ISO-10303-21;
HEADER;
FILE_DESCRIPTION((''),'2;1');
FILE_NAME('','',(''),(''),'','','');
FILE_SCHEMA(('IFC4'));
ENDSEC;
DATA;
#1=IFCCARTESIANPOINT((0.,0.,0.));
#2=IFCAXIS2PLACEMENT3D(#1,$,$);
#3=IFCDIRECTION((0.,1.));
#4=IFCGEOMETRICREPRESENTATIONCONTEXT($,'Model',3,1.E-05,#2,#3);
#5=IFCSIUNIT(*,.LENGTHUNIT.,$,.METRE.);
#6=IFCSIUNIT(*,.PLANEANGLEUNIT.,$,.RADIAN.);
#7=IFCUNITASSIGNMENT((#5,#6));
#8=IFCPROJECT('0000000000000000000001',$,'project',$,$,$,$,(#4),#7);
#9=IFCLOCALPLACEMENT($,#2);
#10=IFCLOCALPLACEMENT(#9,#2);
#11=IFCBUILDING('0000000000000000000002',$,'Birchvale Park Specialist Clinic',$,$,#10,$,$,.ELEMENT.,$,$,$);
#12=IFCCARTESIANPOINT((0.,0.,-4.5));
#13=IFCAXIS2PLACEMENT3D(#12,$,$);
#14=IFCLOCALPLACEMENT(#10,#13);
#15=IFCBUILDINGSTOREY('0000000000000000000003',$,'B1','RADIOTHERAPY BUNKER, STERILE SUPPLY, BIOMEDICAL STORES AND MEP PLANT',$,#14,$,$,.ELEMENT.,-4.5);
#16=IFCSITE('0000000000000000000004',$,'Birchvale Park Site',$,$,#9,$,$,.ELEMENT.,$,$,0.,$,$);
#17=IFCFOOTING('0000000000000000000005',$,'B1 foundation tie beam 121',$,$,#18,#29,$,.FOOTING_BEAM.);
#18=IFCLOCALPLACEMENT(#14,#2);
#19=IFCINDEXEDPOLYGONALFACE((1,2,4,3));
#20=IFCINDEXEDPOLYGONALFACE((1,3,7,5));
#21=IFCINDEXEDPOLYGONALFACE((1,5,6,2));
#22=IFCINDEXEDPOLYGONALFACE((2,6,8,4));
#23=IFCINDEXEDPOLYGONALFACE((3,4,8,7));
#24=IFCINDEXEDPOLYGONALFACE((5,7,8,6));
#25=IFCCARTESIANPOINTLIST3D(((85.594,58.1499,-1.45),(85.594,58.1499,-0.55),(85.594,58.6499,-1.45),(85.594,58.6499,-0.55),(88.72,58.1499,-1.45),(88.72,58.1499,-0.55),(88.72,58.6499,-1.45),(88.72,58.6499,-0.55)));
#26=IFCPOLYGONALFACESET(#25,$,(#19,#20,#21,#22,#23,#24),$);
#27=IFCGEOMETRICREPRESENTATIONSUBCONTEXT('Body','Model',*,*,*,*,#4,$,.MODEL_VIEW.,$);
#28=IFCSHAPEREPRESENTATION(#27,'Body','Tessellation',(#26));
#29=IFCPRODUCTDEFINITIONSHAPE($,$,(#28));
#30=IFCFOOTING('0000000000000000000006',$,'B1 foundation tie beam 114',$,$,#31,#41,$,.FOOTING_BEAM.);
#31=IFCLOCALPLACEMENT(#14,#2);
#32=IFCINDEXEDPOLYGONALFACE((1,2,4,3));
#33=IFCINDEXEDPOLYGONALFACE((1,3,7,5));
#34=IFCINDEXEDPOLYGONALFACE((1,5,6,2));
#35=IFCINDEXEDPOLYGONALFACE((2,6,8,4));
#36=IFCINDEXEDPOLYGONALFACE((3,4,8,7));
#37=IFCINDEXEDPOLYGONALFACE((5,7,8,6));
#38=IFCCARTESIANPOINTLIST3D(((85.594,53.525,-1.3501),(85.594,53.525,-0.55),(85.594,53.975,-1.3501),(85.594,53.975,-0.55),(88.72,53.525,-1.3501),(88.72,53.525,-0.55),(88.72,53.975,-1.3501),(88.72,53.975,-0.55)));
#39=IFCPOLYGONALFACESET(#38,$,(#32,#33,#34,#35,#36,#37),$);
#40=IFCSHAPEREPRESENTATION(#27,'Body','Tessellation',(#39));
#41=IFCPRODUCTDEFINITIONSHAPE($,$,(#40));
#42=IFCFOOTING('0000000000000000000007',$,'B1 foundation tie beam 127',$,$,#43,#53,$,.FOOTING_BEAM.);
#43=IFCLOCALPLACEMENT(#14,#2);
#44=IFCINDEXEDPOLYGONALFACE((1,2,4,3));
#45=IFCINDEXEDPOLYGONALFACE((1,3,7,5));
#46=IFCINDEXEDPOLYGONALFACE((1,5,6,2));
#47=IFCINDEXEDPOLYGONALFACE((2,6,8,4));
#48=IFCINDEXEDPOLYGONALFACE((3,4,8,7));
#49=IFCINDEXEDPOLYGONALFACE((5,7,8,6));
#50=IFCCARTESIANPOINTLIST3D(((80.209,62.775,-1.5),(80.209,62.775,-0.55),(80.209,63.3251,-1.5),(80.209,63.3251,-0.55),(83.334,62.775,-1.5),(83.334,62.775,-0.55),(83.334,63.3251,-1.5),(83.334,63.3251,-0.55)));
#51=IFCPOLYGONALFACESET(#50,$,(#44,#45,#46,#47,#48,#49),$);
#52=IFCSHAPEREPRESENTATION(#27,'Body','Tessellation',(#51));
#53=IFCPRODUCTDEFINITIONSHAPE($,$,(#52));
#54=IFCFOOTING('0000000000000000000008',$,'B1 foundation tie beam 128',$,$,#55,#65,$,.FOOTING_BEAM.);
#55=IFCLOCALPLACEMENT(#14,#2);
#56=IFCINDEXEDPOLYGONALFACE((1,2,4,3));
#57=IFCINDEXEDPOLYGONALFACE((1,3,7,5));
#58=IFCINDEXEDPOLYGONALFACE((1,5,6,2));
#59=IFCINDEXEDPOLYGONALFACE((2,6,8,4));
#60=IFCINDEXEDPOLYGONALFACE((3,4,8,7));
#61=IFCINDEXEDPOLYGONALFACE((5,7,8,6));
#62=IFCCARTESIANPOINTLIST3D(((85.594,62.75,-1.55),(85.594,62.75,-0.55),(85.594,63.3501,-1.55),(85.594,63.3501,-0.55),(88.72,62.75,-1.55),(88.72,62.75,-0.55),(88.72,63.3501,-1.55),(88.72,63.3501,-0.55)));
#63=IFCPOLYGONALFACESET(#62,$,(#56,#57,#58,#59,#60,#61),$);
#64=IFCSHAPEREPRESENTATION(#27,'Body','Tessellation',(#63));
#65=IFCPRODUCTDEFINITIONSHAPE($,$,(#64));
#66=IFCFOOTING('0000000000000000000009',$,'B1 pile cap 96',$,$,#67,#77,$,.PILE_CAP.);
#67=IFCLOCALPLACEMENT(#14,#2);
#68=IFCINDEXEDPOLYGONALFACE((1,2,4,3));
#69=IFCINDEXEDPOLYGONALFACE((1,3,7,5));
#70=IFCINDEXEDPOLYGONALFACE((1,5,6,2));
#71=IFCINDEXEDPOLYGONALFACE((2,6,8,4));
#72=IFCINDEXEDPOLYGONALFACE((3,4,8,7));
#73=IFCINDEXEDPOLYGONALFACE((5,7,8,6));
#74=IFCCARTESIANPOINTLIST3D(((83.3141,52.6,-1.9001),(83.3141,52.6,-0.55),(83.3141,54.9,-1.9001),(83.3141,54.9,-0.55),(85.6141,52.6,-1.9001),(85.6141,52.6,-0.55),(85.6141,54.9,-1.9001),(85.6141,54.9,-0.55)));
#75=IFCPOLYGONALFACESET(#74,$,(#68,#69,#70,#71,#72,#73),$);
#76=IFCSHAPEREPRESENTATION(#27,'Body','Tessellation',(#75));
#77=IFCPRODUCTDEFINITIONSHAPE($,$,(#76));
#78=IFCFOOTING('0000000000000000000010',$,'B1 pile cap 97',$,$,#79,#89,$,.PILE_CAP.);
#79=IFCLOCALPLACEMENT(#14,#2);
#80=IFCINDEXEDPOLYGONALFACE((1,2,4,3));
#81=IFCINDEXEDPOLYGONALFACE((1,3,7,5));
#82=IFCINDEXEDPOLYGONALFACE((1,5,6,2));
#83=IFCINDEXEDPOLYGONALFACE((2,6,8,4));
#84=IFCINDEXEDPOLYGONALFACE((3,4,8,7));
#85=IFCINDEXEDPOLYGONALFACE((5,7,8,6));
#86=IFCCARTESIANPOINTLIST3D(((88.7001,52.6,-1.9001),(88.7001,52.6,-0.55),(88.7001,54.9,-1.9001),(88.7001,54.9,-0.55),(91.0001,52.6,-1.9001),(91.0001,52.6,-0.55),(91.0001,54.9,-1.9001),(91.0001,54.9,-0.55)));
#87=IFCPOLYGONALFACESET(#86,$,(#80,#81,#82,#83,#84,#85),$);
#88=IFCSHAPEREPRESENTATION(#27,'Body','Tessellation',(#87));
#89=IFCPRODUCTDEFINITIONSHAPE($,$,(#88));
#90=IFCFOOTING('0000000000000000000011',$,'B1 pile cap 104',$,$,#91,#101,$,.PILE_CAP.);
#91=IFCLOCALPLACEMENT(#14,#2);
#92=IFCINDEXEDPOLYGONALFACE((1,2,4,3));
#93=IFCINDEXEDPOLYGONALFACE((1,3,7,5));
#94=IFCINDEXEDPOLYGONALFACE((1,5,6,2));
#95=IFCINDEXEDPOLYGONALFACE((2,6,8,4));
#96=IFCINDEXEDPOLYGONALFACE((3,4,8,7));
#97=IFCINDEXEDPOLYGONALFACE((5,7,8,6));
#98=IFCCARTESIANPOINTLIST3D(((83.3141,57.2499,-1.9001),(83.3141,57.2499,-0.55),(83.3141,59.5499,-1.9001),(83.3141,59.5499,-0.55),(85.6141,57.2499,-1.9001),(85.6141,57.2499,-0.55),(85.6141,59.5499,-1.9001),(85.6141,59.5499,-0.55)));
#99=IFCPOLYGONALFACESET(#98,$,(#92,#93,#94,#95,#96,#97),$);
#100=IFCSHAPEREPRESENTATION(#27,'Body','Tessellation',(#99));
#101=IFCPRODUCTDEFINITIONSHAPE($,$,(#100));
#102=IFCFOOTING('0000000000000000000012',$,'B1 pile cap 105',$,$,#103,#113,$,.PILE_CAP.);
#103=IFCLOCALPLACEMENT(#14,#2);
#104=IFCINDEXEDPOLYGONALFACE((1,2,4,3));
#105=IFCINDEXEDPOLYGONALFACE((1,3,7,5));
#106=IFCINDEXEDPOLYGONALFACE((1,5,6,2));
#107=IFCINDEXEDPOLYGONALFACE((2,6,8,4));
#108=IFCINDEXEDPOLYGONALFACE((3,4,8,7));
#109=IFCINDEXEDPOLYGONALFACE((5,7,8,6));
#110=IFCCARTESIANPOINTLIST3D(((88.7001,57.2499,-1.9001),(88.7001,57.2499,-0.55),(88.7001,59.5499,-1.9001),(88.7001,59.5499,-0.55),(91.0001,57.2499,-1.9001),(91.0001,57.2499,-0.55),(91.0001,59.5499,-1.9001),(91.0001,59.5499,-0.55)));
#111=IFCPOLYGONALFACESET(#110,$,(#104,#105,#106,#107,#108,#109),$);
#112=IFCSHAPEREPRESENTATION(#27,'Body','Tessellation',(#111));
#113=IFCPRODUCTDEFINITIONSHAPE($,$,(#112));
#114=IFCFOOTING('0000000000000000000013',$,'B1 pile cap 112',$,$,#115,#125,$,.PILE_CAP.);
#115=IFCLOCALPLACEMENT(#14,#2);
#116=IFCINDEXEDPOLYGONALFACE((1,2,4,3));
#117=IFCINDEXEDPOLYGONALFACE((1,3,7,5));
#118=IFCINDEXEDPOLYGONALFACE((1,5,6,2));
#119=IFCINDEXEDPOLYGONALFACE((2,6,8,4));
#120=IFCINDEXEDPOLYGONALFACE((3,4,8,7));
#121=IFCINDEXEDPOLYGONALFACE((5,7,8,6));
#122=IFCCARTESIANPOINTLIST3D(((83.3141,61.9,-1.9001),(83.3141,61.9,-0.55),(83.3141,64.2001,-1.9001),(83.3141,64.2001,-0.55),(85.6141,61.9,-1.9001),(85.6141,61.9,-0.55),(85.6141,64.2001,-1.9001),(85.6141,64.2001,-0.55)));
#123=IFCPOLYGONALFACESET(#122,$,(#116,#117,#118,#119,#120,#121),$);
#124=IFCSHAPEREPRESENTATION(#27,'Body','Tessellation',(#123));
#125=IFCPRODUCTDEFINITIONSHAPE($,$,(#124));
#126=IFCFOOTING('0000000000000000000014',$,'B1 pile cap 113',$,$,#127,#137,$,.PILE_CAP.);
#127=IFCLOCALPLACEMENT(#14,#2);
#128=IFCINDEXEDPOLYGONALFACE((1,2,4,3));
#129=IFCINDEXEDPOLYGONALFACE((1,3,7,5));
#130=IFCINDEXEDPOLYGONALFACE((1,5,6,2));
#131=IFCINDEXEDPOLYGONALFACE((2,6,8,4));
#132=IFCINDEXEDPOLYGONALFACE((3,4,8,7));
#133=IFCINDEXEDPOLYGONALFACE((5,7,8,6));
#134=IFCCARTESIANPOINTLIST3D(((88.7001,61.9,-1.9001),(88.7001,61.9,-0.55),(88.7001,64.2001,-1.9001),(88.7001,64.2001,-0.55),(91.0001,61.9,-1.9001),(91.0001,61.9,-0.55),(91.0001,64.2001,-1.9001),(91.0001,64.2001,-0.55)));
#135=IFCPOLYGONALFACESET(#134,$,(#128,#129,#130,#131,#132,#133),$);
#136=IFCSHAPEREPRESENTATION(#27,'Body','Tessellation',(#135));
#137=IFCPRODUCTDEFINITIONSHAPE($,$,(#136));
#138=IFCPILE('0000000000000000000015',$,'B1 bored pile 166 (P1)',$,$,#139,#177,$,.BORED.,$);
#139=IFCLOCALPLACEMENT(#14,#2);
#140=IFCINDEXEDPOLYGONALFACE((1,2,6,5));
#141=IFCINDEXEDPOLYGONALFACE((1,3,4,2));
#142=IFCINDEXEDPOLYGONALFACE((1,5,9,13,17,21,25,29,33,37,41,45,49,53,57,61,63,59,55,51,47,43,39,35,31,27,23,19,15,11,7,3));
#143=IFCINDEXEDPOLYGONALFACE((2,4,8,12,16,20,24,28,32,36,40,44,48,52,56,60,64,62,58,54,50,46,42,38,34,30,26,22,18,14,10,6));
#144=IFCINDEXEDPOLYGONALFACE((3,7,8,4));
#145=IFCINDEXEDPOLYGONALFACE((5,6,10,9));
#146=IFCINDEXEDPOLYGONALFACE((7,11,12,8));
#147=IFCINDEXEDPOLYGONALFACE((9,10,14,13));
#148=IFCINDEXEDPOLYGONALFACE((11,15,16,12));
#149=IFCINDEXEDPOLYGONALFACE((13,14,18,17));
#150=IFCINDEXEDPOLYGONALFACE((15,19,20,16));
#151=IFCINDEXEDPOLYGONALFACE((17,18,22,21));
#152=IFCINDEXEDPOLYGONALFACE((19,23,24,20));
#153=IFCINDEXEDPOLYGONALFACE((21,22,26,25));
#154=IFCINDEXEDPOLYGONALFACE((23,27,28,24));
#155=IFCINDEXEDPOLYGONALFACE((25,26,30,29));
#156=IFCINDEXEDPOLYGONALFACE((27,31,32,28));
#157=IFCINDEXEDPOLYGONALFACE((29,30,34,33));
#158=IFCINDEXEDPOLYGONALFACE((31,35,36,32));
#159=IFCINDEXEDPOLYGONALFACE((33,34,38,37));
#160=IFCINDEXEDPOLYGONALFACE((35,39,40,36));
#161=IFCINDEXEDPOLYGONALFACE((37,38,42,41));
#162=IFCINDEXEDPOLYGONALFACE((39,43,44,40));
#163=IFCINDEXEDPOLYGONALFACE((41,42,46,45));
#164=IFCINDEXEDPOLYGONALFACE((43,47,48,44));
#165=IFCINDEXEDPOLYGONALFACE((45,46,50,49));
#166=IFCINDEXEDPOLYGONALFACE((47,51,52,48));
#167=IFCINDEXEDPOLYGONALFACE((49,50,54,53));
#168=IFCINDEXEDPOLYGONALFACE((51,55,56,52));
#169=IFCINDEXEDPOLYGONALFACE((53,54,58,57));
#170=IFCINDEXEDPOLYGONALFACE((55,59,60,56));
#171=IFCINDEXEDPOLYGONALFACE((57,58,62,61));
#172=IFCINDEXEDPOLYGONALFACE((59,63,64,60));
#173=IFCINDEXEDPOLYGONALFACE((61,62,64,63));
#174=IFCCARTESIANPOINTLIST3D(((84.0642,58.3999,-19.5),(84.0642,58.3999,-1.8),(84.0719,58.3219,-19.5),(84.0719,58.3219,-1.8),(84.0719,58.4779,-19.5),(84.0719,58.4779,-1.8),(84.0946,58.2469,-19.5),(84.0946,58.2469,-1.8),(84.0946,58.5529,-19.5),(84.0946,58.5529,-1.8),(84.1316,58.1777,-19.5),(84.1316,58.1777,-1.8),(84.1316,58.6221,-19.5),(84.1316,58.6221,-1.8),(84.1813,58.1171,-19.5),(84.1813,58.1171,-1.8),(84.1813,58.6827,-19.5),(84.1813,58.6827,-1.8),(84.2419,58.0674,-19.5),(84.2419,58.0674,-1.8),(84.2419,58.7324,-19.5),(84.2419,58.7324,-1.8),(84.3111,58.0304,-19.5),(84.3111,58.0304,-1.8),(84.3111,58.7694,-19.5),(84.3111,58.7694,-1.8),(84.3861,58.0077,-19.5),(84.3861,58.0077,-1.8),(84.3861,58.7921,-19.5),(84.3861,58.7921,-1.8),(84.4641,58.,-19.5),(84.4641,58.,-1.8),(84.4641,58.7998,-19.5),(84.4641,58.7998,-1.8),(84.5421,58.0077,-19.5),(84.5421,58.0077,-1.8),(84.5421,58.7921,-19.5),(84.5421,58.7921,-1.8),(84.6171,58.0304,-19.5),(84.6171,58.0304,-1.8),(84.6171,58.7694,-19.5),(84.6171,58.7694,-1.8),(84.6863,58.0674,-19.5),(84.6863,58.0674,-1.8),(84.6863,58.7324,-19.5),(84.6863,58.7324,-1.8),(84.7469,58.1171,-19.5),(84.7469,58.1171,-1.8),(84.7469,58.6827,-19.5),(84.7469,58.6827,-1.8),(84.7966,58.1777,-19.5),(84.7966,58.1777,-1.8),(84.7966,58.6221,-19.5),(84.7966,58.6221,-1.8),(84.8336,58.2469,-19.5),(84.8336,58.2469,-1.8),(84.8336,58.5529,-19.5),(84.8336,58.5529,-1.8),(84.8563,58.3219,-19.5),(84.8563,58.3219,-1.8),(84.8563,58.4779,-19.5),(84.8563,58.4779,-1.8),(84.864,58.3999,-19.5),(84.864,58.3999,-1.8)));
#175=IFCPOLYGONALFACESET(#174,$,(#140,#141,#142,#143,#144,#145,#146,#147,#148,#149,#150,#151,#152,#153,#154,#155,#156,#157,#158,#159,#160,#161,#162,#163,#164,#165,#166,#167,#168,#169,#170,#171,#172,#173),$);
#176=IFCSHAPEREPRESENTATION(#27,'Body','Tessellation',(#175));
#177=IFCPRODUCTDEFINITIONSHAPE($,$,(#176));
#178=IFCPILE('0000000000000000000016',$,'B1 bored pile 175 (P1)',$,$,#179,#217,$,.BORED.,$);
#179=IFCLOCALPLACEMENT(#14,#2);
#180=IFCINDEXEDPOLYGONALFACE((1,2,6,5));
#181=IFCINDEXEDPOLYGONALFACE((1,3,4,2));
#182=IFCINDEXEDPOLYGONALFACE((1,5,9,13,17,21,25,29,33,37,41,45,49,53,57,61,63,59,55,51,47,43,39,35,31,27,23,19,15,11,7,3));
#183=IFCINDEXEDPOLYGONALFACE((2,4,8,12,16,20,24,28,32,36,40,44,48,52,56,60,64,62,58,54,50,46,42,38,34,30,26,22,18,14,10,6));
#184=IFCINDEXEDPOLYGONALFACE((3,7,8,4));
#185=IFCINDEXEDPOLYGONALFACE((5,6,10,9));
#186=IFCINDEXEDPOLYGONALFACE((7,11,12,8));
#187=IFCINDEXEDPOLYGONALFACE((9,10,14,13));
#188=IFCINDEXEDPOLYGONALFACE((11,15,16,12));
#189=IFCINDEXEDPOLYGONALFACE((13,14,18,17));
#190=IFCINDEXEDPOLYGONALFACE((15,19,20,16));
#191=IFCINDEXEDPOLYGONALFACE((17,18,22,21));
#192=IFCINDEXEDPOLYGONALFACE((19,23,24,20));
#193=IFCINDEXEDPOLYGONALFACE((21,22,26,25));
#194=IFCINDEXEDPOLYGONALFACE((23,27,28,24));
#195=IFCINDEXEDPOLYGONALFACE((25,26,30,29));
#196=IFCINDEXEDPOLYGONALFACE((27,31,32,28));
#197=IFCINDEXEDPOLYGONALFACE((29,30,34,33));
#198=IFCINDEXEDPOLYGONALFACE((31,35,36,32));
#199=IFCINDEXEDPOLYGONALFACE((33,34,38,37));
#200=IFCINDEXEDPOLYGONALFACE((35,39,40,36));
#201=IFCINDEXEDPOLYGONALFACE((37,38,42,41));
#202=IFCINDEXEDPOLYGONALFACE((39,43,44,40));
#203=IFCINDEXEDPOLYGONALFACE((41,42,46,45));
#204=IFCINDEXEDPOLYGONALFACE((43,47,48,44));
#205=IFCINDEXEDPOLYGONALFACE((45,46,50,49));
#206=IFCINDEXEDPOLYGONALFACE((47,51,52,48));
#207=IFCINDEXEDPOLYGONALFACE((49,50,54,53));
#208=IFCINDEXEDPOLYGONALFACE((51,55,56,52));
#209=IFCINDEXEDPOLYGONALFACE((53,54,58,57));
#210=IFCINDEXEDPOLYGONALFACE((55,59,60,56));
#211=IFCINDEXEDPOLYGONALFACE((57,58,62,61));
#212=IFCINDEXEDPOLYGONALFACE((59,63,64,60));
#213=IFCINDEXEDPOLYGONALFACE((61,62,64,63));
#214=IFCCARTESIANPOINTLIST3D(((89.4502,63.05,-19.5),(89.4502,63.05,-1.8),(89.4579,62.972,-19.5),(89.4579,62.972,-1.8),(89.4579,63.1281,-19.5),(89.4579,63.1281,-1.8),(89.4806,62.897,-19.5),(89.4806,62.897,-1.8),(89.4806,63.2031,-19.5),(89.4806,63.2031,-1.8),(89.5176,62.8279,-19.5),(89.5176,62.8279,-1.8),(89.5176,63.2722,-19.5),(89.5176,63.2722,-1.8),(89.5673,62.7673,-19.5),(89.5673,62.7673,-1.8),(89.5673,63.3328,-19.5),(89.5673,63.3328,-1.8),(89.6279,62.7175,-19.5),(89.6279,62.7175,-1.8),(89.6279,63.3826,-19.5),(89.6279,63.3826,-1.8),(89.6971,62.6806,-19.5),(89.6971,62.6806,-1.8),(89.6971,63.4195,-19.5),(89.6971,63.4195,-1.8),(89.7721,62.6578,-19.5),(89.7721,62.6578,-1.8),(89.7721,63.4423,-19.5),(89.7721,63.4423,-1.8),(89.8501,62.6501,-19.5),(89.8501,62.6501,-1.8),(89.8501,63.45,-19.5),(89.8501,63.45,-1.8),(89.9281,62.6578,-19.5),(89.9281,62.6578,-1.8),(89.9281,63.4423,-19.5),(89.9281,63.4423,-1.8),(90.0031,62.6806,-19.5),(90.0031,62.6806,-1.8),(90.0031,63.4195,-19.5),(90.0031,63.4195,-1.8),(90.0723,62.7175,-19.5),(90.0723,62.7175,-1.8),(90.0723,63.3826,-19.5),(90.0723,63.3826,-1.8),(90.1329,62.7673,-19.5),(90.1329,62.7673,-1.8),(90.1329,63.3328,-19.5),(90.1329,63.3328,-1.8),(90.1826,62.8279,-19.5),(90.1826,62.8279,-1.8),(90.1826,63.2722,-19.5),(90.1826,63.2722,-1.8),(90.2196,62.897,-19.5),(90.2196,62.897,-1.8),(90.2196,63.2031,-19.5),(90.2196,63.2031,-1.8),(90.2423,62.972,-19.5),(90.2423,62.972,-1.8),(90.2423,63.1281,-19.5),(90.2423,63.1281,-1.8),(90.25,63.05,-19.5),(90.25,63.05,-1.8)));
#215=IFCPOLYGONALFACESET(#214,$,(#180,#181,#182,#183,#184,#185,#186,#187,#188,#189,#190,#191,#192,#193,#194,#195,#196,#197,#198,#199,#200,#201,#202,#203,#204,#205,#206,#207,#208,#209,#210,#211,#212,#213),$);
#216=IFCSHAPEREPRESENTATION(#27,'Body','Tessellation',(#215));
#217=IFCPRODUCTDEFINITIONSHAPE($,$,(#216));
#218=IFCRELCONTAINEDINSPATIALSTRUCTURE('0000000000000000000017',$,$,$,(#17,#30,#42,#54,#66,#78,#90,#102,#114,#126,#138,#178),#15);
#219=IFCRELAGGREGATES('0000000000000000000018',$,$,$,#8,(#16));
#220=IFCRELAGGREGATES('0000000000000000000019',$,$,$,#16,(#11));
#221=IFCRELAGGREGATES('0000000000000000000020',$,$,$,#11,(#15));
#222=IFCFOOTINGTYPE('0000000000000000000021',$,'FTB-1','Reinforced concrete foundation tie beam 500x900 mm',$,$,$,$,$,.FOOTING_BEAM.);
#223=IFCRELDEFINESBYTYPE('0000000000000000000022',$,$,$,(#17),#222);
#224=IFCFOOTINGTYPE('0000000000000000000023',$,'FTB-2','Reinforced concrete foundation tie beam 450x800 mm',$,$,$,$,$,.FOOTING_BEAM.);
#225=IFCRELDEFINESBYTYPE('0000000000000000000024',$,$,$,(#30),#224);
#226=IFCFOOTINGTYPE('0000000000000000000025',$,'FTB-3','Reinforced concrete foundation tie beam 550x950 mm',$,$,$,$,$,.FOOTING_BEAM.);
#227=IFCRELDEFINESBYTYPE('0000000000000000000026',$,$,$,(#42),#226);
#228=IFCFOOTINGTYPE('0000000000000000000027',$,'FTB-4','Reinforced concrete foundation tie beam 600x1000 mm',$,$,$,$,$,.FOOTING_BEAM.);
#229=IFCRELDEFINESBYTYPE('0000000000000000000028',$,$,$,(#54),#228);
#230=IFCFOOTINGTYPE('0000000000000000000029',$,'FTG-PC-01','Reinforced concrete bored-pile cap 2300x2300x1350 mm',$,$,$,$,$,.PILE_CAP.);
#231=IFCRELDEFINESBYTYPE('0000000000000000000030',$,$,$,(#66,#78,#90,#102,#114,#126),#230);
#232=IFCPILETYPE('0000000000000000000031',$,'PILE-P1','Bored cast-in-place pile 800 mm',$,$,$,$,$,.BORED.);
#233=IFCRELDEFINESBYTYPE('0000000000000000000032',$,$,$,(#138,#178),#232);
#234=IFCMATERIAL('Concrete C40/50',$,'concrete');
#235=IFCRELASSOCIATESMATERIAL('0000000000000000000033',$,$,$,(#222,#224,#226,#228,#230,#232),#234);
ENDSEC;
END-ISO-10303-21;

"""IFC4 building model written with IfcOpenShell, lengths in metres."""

from ifc_helpers import new_model, si_unit, direction, frame, origin, origin_2d, place, context, subcontext, project, spatial, rectangle, circle, extrude, material, material_profile, profile_set, type_object, element, save


model = new_model("IFC4")

# Units and contexts
model_context = context("Model", 3, precision=1e-05, world=origin(), true_north=direction((0.0, 1.0)))
body_context = subcontext(model_context, "Body", "Model", "MODEL_VIEW")
ifc_project = project(units=[si_unit("LENGTHUNIT", "METRE"), si_unit("PLANEANGLEUNIT", "RADIAN")], contexts=[model_context])

# Site, building, storey
site_placement = place(None, origin())
site = spatial("IfcSite", under=ifc_project, at=site_placement, Name="Birchvale Park Site", CompositionType="ELEMENT", RefElevation=0.0)
building_placement = place(site_placement, origin())
building = spatial("IfcBuilding", under=site, at=building_placement, Name="Birchvale Park Specialist Clinic", CompositionType="ELEMENT")
storey_placement = place(building_placement, frame((0.0, 0.0, -4.5)))
storey = spatial("IfcBuildingStorey", under=building, at=storey_placement, Name="B1", Description="RADIOTHERAPY BUNKER, STERILE SUPPLY, BIOMEDICAL STORES AND MEP PLANT", CompositionType="ELEMENT", Elevation=-4.5)

# Footings
ifc_material = material(Name="Concrete C40/50", Category="concrete")
footing_type_1 = type_object("IfcFootingType", Name="FTB-1", Description="Reinforced concrete foundation tie beam 500x900 mm", PredefinedType="FOOTING_BEAM", material=ifc_material)
footing_1_placement = place(storey_placement, frame((87.157, 58.3999, -1.45), z_axis=(0.0, 0.0, 1.0), x_axis=(1.0, 0.0, 0.0)))
element("IfcFooting", 1, at=footing_1_placement, inside=storey, type_object=footing_type_1, Name="B1 foundation tie beam 121", PredefinedType="FOOTING_BEAM", context=body_context, shape_type="SweptSolid", body=[
    extrude(rectangle(XDim=3.126, YDim=0.5, at=origin_2d()), origin(), (0.0, 0.0, 1.0), 0.8999),
])
footing_type_2 = type_object("IfcFootingType", Name="FTB-2", Description="Reinforced concrete foundation tie beam 450x800 mm", PredefinedType="FOOTING_BEAM", material=ifc_material)
footing_2_placement = place(storey_placement, frame((87.157, 53.75, -1.3501), z_axis=(0.0, 0.0, 1.0), x_axis=(1.0, 0.0, 0.0)))
element("IfcFooting", 2, at=footing_2_placement, inside=storey, type_object=footing_type_2, Name="B1 foundation tie beam 114", PredefinedType="FOOTING_BEAM", context=body_context, shape_type="SweptSolid", body=[
    extrude(rectangle(XDim=3.126, YDim=0.45, at=origin_2d()), origin(), (0.0, 0.0, 1.0), 0.8),
])
footing_type_3 = type_object("IfcFootingType", Name="FTB-3", Description="Reinforced concrete foundation tie beam 550x950 mm", PredefinedType="FOOTING_BEAM", material=ifc_material)
footing_3_placement = place(storey_placement, frame((81.7715, 63.05, -1.5), z_axis=(0.0, 0.0, 1.0), x_axis=(1.0, 0.0, 0.0)))
element("IfcFooting", 3, at=footing_3_placement, inside=storey, type_object=footing_type_3, Name="B1 foundation tie beam 127", PredefinedType="FOOTING_BEAM", context=body_context, shape_type="SweptSolid", body=[
    extrude(rectangle(XDim=3.125, YDim=0.55, at=origin_2d()), origin(), (0.0, 0.0, 1.0), 0.95),
])
footing_type_4 = type_object("IfcFootingType", Name="FTB-4", Description="Reinforced concrete foundation tie beam 600x1000 mm", PredefinedType="FOOTING_BEAM", material=ifc_material)
footing_4_placement = place(storey_placement, frame((87.157, 63.05, -1.55), z_axis=(0.0, 0.0, 1.0), x_axis=(1.0, 0.0, 0.0)))
element("IfcFooting", 4, at=footing_4_placement, inside=storey, type_object=footing_type_4, Name="B1 foundation tie beam 128", PredefinedType="FOOTING_BEAM", context=body_context, shape_type="SweptSolid", body=[
    extrude(rectangle(XDim=3.126, YDim=0.6001, at=origin_2d()), origin(), (0.0, 0.0, 1.0), 1.0),
])
footing_type_5 = type_object("IfcFootingType", Name="FTG-PC-01", Description="Reinforced concrete bored-pile cap 2300x2300x1350 mm", PredefinedType="PILE_CAP", material=ifc_material)
for number, where, z_axis, x_axis, name in (
    (5, (84.4641, 53.75, -1.9001), (0.0, 0.0, 1.0), (1.0, 0.0, 0.0), "B1 pile cap 96"),
    (6, (89.8501, 53.75, -1.9001), (0.0, 0.0, 1.0), (1.0, 0.0, 0.0), "B1 pile cap 97"),
    (7, (84.4641, 58.3999, -1.9001), (0.0, 0.0, 1.0), (1.0, 0.0, 0.0), "B1 pile cap 104"),
    (8, (89.8501, 58.3999, -1.9001), (0.0, 0.0, 1.0), (1.0, 0.0, 0.0), "B1 pile cap 105"),
    (9, (84.4641, 63.05, -1.9001), (0.0, 0.0, 1.0), (1.0, 0.0, 0.0), "B1 pile cap 112"),
    (10, (89.8501, 63.05, -1.9001), (0.0, 0.0, 1.0), (1.0, 0.0, 0.0), "B1 pile cap 113"),
):
    element("IfcFooting", number, at=place(storey_placement, frame(where, z_axis=z_axis, x_axis=x_axis)), inside=storey, type_object=footing_type_5, Name=name, PredefinedType="PILE_CAP", context=body_context, shape_type="SweptSolid", body=[
        extrude(rectangle(XDim=2.3, YDim=2.3, at=origin_2d()), origin(), (0.0, 0.0, 1.0), 1.3501),
    ])

# Piles
ifc_material_profile_1 = material_profile(ifc_material, circle(Radius=0.3999, at=origin_2d()), Name="PILE-800")
ifc_profile_set_1 = profile_set([ifc_material_profile_1], Name="Concrete C40/50")
pile_type_1 = type_object("IfcPileType", Name="PILE-P1", Description="Bored cast-in-place pile 800 mm", PredefinedType="BORED", material=ifc_profile_set_1)
for number, where, z_axis, x_axis, name in (
    (11, (84.4641, 58.3999, -1.8), (0.0, 0.0, -1.0), (1.0, 0.0, 0.0), "B1 bored pile 166 (P1)"),
    (12, (89.8501, 63.05, -1.8), (0.0, 0.0, -1.0), (1.0, 0.0, 0.0), "B1 bored pile 175 (P1)"),
):
    element("IfcPile", number, at=place(storey_placement, frame(where, z_axis=z_axis, x_axis=x_axis)), inside=storey, type_object=pile_type_1, Name=name, PredefinedType="BORED", context=body_context, shape_type="SweptSolid", body=[
        extrude(circle(Radius=0.3999, at=origin_2d()), origin(), (0.0, 0.0, 1.0), 17.7),
    ])

save(model, "model.ifc")
